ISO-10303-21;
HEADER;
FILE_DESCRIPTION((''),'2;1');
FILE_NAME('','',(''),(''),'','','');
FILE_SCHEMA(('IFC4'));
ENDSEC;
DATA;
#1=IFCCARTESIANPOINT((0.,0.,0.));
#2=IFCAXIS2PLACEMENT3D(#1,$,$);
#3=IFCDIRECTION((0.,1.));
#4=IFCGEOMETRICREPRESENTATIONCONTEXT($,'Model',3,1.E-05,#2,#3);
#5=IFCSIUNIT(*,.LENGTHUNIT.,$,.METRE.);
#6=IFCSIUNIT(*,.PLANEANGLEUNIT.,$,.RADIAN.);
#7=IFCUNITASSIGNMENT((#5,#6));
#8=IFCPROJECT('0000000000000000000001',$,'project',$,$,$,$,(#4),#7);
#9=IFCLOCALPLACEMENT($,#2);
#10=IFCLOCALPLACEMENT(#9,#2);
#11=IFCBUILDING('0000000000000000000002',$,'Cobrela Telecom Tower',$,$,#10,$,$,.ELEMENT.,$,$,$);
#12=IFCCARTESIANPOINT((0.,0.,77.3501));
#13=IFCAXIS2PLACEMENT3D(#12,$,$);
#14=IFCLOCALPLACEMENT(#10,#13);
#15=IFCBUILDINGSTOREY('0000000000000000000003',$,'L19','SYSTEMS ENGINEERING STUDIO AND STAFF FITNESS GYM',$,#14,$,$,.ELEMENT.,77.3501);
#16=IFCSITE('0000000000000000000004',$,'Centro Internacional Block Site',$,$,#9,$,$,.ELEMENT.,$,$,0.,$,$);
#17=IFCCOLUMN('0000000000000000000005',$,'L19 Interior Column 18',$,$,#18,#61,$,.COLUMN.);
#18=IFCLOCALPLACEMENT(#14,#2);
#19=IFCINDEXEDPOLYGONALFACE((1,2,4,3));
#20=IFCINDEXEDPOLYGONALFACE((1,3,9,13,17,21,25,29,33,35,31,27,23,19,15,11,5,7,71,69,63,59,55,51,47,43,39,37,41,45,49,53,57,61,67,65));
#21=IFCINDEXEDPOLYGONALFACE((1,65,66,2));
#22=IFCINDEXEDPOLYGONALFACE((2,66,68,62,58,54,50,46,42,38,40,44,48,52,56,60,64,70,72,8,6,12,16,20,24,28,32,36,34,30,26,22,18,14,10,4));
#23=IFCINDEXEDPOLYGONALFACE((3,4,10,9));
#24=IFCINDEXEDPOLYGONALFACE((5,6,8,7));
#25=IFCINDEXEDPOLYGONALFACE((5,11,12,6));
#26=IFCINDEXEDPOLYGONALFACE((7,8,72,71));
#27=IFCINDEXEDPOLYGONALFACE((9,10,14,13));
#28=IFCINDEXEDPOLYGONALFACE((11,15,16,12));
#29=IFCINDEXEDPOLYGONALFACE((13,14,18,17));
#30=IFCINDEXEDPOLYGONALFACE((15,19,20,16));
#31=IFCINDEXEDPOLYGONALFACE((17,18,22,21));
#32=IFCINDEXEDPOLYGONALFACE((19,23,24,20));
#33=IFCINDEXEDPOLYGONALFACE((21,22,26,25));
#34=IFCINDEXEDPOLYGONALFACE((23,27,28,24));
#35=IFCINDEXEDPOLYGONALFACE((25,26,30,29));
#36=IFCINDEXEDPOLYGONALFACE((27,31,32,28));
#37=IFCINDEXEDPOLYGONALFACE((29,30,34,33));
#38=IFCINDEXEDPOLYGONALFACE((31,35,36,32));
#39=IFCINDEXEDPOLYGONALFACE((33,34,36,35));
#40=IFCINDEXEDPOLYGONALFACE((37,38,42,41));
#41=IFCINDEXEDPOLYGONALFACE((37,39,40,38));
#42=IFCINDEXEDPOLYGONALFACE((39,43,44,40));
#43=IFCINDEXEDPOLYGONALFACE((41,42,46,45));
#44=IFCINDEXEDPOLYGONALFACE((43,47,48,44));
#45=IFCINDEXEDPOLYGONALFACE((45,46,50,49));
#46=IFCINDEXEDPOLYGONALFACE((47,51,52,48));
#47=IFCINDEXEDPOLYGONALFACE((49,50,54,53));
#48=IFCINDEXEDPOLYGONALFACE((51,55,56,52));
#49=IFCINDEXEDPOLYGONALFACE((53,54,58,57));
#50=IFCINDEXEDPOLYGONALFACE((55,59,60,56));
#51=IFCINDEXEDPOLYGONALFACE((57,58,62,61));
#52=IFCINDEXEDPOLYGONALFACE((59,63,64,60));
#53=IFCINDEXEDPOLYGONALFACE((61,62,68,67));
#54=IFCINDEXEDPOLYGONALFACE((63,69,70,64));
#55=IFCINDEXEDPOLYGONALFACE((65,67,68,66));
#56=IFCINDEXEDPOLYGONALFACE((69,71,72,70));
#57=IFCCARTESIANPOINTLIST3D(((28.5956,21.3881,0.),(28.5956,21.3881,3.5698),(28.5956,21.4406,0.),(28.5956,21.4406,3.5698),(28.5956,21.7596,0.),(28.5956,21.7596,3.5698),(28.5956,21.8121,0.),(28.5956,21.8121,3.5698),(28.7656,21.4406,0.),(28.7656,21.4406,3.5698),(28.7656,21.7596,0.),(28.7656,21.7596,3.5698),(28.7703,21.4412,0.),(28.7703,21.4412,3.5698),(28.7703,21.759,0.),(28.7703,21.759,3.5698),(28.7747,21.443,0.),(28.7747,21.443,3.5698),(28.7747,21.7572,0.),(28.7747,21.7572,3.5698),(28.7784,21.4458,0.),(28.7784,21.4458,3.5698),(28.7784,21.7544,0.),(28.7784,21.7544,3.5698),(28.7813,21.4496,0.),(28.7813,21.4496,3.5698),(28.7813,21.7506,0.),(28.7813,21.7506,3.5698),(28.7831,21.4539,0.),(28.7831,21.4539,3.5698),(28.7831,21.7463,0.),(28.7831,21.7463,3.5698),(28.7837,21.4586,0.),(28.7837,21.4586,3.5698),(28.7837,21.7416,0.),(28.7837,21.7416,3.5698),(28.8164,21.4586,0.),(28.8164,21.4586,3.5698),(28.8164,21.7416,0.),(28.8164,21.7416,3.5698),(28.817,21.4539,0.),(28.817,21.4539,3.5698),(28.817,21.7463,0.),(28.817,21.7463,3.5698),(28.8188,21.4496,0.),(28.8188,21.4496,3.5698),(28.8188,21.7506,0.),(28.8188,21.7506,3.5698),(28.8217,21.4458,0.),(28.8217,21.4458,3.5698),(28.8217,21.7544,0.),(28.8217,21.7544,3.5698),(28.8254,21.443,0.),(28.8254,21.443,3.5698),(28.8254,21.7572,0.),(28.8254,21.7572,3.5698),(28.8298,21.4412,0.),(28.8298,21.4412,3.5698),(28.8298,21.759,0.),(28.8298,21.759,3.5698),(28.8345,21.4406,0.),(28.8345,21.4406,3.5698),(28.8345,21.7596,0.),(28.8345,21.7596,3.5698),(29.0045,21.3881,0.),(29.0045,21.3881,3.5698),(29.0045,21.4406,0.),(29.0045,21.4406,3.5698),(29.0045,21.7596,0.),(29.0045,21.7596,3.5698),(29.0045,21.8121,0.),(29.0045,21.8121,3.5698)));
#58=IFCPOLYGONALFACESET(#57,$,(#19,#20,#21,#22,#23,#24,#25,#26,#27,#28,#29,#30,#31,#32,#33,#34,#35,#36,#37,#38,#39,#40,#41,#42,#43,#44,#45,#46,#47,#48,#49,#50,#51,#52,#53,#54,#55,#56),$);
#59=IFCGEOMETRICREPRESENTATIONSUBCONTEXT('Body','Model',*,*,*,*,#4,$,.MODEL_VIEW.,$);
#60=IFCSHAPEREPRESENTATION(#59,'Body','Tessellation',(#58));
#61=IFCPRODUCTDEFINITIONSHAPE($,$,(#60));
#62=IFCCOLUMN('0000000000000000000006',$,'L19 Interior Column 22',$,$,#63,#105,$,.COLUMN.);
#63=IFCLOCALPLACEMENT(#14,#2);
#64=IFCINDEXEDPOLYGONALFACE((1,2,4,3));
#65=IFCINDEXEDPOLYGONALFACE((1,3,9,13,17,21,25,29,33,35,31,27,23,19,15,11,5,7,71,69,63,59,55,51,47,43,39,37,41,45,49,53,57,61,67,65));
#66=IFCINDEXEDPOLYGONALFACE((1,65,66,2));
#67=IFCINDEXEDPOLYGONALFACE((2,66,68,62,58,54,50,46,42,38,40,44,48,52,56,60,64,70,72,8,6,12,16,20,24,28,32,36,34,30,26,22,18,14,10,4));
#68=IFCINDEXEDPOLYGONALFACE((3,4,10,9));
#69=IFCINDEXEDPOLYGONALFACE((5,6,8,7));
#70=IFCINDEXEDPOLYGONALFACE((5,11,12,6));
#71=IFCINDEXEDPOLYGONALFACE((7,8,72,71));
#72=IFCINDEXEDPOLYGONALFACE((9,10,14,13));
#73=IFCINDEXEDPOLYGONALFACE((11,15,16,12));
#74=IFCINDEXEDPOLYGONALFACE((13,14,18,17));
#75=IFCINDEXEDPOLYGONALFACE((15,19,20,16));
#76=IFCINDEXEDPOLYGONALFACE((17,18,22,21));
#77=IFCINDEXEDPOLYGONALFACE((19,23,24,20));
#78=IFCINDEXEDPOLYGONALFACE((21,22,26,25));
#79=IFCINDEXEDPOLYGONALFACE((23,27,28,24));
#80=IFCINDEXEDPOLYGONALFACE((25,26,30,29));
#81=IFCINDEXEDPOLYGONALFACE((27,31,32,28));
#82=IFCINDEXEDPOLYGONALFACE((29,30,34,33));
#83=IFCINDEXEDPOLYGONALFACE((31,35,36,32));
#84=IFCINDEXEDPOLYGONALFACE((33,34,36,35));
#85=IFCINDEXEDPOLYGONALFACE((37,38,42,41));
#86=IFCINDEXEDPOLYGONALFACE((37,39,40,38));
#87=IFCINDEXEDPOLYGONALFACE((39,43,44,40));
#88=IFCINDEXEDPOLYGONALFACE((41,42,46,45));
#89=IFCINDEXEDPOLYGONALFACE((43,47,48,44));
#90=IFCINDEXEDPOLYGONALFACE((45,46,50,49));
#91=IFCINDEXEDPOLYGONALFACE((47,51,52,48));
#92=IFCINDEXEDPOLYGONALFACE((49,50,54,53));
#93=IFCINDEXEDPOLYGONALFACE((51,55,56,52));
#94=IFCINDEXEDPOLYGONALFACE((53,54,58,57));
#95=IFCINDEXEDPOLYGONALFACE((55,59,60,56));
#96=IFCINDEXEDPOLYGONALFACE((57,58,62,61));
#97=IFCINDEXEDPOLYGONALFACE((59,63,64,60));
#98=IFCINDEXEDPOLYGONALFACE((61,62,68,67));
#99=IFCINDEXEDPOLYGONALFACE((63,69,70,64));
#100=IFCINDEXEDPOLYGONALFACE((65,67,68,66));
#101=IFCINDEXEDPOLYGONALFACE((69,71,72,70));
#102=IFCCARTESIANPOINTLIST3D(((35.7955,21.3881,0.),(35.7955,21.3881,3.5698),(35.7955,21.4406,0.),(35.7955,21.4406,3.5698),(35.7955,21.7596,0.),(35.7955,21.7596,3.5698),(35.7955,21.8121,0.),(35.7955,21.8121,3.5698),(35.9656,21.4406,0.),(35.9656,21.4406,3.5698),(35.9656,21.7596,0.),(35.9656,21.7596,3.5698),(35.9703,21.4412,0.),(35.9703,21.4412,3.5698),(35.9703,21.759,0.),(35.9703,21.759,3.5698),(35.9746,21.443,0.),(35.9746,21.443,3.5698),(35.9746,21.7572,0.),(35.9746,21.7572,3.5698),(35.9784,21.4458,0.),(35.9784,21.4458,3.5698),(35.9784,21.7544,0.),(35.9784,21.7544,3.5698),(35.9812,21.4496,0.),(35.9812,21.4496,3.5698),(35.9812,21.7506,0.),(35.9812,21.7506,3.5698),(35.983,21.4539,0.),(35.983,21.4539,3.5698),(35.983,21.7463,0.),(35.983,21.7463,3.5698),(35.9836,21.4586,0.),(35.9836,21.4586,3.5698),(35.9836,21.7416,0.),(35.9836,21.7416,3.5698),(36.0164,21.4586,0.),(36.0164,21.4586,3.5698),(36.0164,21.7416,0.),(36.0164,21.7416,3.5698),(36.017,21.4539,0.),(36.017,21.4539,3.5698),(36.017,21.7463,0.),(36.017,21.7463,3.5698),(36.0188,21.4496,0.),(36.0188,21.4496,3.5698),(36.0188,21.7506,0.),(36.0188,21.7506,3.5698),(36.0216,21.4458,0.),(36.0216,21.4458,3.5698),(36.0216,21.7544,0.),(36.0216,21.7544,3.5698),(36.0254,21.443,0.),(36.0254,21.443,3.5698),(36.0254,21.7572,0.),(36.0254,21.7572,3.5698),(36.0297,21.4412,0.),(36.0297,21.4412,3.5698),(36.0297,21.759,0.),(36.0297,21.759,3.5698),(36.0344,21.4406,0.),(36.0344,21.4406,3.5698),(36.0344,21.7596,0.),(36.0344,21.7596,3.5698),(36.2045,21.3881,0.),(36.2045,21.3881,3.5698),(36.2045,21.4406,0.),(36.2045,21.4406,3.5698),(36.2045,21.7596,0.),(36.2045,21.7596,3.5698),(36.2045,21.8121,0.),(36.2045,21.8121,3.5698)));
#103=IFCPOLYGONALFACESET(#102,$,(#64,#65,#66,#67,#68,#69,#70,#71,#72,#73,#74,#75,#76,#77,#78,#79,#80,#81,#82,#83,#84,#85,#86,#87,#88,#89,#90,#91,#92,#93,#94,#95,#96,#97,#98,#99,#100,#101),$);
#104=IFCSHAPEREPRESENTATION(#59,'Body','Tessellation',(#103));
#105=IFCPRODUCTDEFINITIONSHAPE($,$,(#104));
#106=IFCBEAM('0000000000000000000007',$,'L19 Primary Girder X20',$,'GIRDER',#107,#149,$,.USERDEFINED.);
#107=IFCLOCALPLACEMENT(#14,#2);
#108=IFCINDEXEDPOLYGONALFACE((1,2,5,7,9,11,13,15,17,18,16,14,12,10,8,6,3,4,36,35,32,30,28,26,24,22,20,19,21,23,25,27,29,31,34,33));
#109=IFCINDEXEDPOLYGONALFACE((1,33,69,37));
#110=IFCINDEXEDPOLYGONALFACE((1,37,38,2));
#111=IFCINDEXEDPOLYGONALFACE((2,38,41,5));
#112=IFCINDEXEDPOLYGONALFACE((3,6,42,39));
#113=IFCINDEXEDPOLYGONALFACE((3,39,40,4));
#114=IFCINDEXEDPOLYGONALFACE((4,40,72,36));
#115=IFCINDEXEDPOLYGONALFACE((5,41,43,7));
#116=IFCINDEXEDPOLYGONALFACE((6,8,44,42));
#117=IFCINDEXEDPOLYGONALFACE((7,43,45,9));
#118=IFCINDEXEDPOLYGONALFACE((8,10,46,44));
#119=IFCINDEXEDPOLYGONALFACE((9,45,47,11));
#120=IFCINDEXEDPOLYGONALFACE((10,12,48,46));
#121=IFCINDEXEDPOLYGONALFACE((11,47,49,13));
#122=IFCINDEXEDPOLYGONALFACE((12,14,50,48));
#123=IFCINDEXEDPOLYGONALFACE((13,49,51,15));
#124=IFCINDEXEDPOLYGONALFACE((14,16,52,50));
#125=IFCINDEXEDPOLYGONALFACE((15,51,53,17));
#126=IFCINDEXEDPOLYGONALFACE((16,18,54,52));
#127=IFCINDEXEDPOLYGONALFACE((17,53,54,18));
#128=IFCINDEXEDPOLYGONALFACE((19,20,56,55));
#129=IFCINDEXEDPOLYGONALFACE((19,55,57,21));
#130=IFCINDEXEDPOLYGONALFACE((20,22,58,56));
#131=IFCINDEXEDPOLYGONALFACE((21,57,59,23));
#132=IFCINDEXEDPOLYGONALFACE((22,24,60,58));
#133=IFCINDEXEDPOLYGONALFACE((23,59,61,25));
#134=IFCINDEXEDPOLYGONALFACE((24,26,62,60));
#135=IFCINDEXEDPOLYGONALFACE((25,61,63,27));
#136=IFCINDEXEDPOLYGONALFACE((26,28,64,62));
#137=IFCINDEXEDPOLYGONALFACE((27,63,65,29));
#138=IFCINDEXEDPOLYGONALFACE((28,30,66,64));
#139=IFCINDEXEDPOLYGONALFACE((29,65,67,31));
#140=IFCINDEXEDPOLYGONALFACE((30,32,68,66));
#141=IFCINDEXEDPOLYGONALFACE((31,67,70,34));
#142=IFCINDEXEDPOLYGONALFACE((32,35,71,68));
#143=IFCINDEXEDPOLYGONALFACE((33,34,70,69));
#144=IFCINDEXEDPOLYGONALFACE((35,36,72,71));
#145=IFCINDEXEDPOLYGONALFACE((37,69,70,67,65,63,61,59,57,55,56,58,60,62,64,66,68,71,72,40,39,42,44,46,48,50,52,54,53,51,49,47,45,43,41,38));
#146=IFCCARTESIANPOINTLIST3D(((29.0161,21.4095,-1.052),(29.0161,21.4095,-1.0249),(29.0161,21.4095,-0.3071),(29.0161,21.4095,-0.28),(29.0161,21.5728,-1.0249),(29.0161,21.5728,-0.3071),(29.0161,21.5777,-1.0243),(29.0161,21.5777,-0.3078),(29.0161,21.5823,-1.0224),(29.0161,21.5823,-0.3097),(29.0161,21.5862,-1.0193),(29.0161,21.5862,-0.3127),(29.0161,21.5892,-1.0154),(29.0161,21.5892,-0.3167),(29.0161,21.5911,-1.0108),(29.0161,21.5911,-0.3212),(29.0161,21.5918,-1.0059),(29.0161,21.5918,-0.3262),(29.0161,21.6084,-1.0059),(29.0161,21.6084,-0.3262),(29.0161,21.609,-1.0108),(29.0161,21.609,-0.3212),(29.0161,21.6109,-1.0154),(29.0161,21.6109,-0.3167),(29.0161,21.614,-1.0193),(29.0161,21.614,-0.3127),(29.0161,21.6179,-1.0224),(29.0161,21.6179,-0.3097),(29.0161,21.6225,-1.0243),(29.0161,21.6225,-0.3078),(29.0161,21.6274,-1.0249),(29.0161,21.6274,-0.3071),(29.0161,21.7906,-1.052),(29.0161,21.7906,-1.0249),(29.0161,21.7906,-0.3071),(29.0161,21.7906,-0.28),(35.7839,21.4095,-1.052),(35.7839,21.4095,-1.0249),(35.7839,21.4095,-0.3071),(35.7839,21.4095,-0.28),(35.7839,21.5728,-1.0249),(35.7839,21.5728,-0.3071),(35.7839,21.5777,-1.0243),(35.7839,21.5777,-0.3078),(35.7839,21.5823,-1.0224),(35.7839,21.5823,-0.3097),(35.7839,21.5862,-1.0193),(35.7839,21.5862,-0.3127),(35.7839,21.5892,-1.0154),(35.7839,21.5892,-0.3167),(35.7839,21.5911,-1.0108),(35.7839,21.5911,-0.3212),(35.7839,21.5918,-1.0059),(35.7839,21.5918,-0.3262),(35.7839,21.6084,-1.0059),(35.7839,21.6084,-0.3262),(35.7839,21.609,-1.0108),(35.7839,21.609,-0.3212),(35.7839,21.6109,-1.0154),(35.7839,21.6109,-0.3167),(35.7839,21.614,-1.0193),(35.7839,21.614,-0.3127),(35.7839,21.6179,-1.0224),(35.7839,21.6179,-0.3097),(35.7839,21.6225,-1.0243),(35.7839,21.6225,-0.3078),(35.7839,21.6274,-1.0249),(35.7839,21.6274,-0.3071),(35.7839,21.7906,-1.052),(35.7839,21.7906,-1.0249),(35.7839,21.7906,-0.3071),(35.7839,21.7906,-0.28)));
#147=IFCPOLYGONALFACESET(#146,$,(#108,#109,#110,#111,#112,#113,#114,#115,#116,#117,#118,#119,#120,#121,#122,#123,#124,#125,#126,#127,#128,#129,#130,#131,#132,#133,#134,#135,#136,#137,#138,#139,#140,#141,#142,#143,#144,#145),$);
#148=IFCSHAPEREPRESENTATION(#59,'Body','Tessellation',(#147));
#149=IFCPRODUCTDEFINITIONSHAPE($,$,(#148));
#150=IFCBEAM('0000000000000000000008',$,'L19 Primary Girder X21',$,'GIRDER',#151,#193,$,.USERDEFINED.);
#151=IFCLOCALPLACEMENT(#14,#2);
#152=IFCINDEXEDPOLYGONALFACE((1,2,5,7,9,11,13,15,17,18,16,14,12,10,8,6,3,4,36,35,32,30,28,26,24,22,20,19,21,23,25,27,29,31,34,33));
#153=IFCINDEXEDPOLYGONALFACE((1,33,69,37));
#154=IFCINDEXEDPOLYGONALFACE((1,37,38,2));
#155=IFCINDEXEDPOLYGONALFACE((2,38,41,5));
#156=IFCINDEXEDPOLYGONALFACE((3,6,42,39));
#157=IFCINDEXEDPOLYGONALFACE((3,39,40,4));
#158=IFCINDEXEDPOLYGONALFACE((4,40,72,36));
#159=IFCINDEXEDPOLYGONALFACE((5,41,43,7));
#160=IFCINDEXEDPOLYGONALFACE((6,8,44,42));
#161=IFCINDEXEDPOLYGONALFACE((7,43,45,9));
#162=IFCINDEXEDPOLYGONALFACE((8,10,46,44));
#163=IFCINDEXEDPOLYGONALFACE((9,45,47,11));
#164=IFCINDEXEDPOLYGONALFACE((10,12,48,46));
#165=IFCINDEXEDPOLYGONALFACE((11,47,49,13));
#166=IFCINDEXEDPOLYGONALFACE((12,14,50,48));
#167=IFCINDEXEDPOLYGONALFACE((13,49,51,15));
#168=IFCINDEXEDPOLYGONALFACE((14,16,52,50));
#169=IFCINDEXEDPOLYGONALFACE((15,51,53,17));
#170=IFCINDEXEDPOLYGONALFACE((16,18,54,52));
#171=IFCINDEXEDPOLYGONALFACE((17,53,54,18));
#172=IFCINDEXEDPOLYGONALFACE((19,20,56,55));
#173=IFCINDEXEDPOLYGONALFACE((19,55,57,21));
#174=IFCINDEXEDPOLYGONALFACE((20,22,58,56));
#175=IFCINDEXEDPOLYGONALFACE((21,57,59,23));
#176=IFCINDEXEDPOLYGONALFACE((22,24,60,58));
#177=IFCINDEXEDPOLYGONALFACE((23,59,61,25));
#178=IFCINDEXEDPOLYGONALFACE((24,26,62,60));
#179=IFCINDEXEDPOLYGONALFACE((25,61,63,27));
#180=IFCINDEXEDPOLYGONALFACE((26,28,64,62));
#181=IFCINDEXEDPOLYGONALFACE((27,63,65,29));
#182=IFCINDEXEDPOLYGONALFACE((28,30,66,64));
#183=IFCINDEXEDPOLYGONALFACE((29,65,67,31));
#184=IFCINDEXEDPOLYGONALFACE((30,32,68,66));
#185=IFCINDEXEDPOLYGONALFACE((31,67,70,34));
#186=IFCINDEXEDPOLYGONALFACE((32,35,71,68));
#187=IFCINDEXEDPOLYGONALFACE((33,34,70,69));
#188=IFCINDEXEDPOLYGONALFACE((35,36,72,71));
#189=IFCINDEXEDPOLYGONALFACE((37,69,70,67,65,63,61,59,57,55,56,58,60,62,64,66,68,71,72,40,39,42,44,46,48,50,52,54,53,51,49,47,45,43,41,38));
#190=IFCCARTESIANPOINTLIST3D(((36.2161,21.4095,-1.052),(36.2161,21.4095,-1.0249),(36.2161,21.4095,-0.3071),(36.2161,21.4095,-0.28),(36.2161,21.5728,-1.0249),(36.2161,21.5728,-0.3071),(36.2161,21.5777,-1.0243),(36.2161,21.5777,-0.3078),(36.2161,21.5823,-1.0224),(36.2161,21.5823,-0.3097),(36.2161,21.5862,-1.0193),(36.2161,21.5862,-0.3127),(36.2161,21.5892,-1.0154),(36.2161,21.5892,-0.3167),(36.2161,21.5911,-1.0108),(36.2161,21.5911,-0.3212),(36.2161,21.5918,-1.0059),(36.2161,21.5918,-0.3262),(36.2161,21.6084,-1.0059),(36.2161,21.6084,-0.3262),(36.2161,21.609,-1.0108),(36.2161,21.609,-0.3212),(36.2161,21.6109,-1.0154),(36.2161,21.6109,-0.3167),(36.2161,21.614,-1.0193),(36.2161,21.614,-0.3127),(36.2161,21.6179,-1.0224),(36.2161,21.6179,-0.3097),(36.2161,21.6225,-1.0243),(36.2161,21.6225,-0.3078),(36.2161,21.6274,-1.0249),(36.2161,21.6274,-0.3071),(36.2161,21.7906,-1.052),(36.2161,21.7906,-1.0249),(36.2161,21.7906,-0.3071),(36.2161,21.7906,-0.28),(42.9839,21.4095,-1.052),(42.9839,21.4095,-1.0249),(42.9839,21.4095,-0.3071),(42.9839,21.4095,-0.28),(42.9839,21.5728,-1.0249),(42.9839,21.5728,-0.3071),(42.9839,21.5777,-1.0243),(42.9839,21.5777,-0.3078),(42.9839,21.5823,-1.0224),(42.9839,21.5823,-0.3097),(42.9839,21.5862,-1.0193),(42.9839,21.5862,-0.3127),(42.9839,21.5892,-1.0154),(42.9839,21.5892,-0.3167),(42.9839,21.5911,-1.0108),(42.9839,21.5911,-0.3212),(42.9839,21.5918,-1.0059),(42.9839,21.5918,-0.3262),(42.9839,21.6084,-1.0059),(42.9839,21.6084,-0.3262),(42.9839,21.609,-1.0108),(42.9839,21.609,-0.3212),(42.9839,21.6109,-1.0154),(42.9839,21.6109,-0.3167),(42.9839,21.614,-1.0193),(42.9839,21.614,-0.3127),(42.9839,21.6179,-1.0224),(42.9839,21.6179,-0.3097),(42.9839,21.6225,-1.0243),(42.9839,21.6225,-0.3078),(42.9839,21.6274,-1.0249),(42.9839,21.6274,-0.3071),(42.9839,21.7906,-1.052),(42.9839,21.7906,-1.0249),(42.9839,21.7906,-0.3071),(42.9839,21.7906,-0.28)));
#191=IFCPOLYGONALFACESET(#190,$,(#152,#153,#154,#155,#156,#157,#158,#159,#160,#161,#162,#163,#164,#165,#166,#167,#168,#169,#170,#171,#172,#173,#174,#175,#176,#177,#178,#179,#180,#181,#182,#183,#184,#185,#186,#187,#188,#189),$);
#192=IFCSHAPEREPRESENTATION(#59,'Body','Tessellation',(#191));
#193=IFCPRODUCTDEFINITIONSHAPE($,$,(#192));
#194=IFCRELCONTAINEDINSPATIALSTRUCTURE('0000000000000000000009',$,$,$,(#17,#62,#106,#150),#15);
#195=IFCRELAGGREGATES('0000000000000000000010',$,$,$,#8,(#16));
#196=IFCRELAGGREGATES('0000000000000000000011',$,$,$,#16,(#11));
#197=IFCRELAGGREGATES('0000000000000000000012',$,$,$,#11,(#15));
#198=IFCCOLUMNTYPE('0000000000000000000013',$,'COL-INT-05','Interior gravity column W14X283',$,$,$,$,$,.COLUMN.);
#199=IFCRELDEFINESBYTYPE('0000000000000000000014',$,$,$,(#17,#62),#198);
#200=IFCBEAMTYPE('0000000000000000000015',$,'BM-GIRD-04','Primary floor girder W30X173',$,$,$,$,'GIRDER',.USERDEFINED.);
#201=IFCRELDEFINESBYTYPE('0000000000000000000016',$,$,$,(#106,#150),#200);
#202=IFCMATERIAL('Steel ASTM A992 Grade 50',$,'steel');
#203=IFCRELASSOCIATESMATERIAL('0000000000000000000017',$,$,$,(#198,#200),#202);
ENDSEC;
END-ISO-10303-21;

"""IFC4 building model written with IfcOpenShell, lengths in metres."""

from ifc_helpers import new_model, si_unit, direction, frame, origin, origin_2d, place, context, subcontext, project, spatial, i_section, extrude, material, material_profile, profile_set, type_object, element, save


model = new_model("IFC4")

# Units and contexts
model_context = context("Model", 3, precision=1e-05, world=origin(), true_north=direction((0.0, 1.0)))
body_context = subcontext(model_context, "Body", "Model", "MODEL_VIEW")
ifc_project = project(units=[si_unit("LENGTHUNIT", "METRE"), si_unit("PLANEANGLEUNIT", "RADIAN")], contexts=[model_context])

# Site, building, storey
site_placement = place(None, origin())
site = spatial("IfcSite", under=ifc_project, at=site_placement, Name="Centro Internacional Block Site", CompositionType="ELEMENT", RefElevation=0.0)
building_placement = place(site_placement, origin())
building = spatial("IfcBuilding", under=site, at=building_placement, Name="Cobrela Telecom Tower", CompositionType="ELEMENT")
storey_placement = place(building_placement, frame((0.0, 0.0, 77.3501)))
storey = spatial("IfcBuildingStorey", under=building, at=storey_placement, Name="L19", Description="SYSTEMS ENGINEERING STUDIO AND STAFF FITNESS GYM", CompositionType="ELEMENT", Elevation=77.3501)

# Columns
ifc_material_1 = material(Name="Steel ASTM A992 Grade 50", Category="steel")
ifc_material_profile_1 = material_profile(ifc_material_1, i_section(OverallWidth=0.4089, OverallDepth=0.4241, WebThickness=0.0327, FlangeThickness=0.0525, FilletRadius=0.0181, at=origin_2d()), Name="W14X283")
ifc_profile_set_1 = profile_set([ifc_material_profile_1], Name="Steel ASTM A992 Grade 50")
column_type = type_object("IfcColumnType", Name="COL-INT-05", Description="Interior gravity column W14X283", PredefinedType="COLUMN", material=ifc_profile_set_1)
for number, where, z_axis, x_axis, name in (
    (1, (28.8, 21.6001, 0.0), (0.0, 0.0, 1.0), (1.0, 0.0, 0.0), "L19 Interior Column 18"),
    (2, (36.0, 21.6001, 0.0), (0.0, 0.0, 1.0), (1.0, 0.0, 0.0), "L19 Interior Column 22"),
):
    element("IfcColumn", number, at=place(storey_placement, frame(where, z_axis=z_axis, x_axis=x_axis)), inside=storey, type_object=column_type, Name=name, PredefinedType="COLUMN", context=body_context, shape_type="SweptSolid", body=[
        extrude(i_section(OverallWidth=0.4089, OverallDepth=0.4241, WebThickness=0.0327, FlangeThickness=0.0525, FilletRadius=0.0181, at=origin_2d()), origin(), (0.0, 0.0, 1.0), 3.5698),
    ])

# Beams
ifc_material_profile_2 = material_profile(ifc_material_1, i_section(OverallWidth=0.3811, OverallDepth=0.772, WebThickness=0.0166, FlangeThickness=0.0271, FilletRadius=0.019, at=origin_2d()), Name="W30X173")
ifc_profile_set_2 = profile_set([ifc_material_profile_2], Name="Steel ASTM A992 Grade 50")
beam_type_1 = type_object("IfcBeamType", Name="BM-GIRD-04", Description="Primary floor girder W30X173", ElementType="GIRDER", PredefinedType="USERDEFINED", material=ifc_profile_set_2)
for number, where, z_axis, x_axis, name in (
    (3, (29.0161, 21.6001, -0.666), (1.0, 0.0, 0.0), (0.0, 1.0, 0.0), "L19 Primary Girder X20"),
    (4, (36.2161, 21.6001, -0.666), (1.0, 0.0, 0.0), (0.0, 1.0, 0.0), "L19 Primary Girder X21"),
):
    element("IfcBeam", number, at=place(storey_placement, frame(where, z_axis=z_axis, x_axis=x_axis)), inside=storey, type_object=beam_type_1, Name=name, ObjectType="GIRDER", PredefinedType="USERDEFINED", context=body_context, shape_type="SweptSolid", body=[
        extrude(i_section(OverallWidth=0.3811, OverallDepth=0.772, WebThickness=0.0166, FlangeThickness=0.0271, FilletRadius=0.019, at=origin_2d()), origin(), (0.0, 0.0, 1.0), 6.7678),
    ])

save(model, "model.ifc")
